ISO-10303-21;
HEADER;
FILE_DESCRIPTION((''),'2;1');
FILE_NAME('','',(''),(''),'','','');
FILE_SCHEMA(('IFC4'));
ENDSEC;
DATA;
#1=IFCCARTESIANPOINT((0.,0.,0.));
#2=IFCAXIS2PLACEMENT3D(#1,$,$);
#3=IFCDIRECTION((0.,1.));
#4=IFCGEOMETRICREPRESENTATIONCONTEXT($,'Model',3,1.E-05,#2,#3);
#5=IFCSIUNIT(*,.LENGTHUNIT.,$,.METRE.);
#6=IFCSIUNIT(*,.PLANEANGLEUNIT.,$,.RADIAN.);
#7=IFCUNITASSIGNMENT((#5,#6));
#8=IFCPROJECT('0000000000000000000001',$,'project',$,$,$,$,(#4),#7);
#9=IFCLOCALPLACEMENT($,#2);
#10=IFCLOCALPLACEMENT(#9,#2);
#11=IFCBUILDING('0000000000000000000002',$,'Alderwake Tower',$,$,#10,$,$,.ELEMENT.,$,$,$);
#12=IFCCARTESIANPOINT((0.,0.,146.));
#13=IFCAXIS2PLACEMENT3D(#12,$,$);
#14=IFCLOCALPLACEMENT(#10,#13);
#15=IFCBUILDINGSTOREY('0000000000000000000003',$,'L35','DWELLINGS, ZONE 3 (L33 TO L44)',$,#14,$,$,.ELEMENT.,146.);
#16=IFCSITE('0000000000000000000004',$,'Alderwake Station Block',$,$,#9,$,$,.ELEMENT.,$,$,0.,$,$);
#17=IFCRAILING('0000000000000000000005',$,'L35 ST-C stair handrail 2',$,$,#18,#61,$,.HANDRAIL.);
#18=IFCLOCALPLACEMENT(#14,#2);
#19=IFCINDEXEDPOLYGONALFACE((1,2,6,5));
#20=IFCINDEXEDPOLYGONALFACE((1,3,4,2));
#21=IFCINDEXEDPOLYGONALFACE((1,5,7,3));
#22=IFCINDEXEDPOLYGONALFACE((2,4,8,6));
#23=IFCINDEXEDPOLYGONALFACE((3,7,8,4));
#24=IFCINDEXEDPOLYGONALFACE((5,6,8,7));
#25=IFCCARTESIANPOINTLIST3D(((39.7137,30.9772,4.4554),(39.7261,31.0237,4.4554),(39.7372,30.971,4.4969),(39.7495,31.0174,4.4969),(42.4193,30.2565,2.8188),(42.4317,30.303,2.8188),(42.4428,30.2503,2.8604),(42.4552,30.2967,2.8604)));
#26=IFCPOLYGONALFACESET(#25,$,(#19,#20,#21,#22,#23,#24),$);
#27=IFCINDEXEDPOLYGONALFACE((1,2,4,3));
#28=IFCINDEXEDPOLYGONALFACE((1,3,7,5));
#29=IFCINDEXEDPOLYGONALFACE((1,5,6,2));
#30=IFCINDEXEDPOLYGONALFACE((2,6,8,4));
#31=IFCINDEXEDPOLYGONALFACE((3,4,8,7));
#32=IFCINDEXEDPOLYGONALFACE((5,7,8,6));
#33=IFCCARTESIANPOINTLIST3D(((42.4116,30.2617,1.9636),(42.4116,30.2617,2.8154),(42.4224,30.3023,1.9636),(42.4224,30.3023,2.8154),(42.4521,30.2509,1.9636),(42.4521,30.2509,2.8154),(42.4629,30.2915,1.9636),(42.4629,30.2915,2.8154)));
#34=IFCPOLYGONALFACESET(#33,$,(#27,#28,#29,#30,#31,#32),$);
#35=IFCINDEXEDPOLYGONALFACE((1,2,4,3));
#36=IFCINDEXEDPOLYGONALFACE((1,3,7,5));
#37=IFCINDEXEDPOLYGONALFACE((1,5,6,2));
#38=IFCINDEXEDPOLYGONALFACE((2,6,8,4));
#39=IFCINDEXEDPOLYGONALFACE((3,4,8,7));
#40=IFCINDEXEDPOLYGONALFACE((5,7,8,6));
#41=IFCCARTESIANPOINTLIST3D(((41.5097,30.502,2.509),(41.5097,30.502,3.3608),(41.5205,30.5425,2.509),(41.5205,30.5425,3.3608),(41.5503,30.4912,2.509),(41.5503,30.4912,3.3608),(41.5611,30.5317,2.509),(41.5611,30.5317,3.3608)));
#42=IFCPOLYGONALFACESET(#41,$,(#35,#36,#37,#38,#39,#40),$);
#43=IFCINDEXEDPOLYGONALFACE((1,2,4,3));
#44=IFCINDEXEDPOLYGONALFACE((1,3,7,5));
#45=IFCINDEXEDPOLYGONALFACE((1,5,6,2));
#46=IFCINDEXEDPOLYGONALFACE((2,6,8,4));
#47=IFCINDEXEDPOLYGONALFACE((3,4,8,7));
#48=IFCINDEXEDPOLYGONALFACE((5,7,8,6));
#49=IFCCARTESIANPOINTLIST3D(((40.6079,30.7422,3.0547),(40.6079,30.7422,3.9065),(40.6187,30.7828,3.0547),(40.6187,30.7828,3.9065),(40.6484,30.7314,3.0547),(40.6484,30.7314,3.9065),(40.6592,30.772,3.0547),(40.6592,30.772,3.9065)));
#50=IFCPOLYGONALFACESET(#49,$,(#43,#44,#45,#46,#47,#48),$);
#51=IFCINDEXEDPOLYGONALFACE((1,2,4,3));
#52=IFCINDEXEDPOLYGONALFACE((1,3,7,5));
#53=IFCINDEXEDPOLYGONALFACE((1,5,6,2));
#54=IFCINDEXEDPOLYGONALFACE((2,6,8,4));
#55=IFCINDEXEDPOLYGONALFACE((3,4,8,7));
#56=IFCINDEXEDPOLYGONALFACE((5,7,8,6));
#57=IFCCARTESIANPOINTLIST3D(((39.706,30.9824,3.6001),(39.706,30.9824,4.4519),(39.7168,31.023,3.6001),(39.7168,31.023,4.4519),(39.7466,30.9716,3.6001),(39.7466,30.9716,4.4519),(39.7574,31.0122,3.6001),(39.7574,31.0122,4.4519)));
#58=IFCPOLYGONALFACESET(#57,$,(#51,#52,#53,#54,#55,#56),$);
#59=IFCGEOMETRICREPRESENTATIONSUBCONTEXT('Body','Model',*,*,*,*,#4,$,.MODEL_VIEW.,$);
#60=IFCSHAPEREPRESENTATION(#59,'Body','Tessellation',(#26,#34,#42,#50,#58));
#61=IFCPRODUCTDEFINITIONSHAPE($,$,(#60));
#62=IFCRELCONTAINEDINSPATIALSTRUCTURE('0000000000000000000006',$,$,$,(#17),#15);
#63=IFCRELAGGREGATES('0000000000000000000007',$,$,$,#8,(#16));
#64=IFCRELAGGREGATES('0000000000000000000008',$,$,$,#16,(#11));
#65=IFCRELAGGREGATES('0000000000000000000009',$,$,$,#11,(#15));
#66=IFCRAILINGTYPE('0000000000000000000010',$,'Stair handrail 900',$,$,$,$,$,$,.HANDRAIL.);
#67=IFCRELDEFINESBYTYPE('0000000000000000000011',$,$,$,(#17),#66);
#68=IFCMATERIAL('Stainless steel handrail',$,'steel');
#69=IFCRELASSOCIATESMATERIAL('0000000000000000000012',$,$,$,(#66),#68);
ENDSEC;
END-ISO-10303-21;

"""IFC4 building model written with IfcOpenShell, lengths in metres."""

from ifc_helpers import new_model, si_unit, direction, frame, origin, origin_2d, place, context, subcontext, project, spatial, rectangle, extrude, material, type_object, element, save


model = new_model("IFC4")

# Units and contexts
model_context = context("Model", 3, precision=1e-05, world=origin(), true_north=direction((0.0, 1.0)))
body_context = subcontext(model_context, "Body", "Model", "MODEL_VIEW")
ifc_project = project(units=[si_unit("LENGTHUNIT", "METRE"), si_unit("PLANEANGLEUNIT", "RADIAN")], contexts=[model_context])

# Site, building, storey
site_placement = place(None, origin())
site = spatial("IfcSite", under=ifc_project, at=site_placement, Name="Alderwake Station Block", CompositionType="ELEMENT", RefElevation=0.0)
building_placement = place(site_placement, origin())
building = spatial("IfcBuilding", under=site, at=building_placement, Name="Alderwake Tower", CompositionType="ELEMENT")
storey_placement = place(building_placement, frame((0.0, 0.0, 146.0)))
storey = spatial("IfcBuildingStorey", under=building, at=storey_placement, Name="L35", Description="DWELLINGS, ZONE 3 (L33 TO L44)", CompositionType="ELEMENT", Elevation=146.0)

# Railing
ifc_material_1 = material(Name="Stainless steel handrail", Category="steel")
railing_type_1 = type_object("IfcRailingType", Name="Stair handrail 900", PredefinedType="HANDRAIL", material=ifc_material_1)
railing_1_placement = place(storey_placement, frame((42.4373, 30.2766, 1.9636)))
element("IfcRailing", 1, at=railing_1_placement, inside=storey, type_object=railing_type_1, Name="L35 ST-C stair handrail 2", PredefinedType="HANDRAIL", context=body_context, shape_type="SweptSolid", body=[
    extrude(rectangle(XDim=0.0481, YDim=0.0481, at=origin_2d()), frame((0.0, 0.0, 0.876), z_axis=(-0.834259, 0.222228, 0.504605), x_axis=(-0.257402, -0.966304, 0.0)), (0.0, 0.0, 1.0), 3.2432),
    extrude(rectangle(XDim=0.042, YDim=0.042, at=origin_2d()), frame((0.0, 0.0, 0.0), z_axis=(0.0, 0.0, 1.0), x_axis=(-0.966304, 0.257402, 0.0)), (0.0, 0.0, 1.0), 0.8518),
    extrude(rectangle(XDim=0.042, YDim=0.042, at=origin_2d()), frame((-0.9019, 0.2402, 0.5454), z_axis=(0.0, 0.0, 1.0), x_axis=(-0.966304, 0.257402, 0.0)), (0.0, 0.0, 1.0), 0.8518),
    extrude(rectangle(XDim=0.042, YDim=0.042, at=origin_2d()), frame((-1.8037, 0.4805, 1.0911), z_axis=(0.0, 0.0, 1.0), x_axis=(-0.966304, 0.257402, 0.0)), (0.0, 0.0, 1.0), 0.8518),
    extrude(rectangle(XDim=0.042, YDim=0.042, at=origin_2d()), frame((-2.7056, 0.7207, 1.6365), z_axis=(0.0, 0.0, 1.0), x_axis=(-0.966304, 0.257402, 0.0)), (0.0, 0.0, 1.0), 0.8518),
])

save(model, "model.ifc")
